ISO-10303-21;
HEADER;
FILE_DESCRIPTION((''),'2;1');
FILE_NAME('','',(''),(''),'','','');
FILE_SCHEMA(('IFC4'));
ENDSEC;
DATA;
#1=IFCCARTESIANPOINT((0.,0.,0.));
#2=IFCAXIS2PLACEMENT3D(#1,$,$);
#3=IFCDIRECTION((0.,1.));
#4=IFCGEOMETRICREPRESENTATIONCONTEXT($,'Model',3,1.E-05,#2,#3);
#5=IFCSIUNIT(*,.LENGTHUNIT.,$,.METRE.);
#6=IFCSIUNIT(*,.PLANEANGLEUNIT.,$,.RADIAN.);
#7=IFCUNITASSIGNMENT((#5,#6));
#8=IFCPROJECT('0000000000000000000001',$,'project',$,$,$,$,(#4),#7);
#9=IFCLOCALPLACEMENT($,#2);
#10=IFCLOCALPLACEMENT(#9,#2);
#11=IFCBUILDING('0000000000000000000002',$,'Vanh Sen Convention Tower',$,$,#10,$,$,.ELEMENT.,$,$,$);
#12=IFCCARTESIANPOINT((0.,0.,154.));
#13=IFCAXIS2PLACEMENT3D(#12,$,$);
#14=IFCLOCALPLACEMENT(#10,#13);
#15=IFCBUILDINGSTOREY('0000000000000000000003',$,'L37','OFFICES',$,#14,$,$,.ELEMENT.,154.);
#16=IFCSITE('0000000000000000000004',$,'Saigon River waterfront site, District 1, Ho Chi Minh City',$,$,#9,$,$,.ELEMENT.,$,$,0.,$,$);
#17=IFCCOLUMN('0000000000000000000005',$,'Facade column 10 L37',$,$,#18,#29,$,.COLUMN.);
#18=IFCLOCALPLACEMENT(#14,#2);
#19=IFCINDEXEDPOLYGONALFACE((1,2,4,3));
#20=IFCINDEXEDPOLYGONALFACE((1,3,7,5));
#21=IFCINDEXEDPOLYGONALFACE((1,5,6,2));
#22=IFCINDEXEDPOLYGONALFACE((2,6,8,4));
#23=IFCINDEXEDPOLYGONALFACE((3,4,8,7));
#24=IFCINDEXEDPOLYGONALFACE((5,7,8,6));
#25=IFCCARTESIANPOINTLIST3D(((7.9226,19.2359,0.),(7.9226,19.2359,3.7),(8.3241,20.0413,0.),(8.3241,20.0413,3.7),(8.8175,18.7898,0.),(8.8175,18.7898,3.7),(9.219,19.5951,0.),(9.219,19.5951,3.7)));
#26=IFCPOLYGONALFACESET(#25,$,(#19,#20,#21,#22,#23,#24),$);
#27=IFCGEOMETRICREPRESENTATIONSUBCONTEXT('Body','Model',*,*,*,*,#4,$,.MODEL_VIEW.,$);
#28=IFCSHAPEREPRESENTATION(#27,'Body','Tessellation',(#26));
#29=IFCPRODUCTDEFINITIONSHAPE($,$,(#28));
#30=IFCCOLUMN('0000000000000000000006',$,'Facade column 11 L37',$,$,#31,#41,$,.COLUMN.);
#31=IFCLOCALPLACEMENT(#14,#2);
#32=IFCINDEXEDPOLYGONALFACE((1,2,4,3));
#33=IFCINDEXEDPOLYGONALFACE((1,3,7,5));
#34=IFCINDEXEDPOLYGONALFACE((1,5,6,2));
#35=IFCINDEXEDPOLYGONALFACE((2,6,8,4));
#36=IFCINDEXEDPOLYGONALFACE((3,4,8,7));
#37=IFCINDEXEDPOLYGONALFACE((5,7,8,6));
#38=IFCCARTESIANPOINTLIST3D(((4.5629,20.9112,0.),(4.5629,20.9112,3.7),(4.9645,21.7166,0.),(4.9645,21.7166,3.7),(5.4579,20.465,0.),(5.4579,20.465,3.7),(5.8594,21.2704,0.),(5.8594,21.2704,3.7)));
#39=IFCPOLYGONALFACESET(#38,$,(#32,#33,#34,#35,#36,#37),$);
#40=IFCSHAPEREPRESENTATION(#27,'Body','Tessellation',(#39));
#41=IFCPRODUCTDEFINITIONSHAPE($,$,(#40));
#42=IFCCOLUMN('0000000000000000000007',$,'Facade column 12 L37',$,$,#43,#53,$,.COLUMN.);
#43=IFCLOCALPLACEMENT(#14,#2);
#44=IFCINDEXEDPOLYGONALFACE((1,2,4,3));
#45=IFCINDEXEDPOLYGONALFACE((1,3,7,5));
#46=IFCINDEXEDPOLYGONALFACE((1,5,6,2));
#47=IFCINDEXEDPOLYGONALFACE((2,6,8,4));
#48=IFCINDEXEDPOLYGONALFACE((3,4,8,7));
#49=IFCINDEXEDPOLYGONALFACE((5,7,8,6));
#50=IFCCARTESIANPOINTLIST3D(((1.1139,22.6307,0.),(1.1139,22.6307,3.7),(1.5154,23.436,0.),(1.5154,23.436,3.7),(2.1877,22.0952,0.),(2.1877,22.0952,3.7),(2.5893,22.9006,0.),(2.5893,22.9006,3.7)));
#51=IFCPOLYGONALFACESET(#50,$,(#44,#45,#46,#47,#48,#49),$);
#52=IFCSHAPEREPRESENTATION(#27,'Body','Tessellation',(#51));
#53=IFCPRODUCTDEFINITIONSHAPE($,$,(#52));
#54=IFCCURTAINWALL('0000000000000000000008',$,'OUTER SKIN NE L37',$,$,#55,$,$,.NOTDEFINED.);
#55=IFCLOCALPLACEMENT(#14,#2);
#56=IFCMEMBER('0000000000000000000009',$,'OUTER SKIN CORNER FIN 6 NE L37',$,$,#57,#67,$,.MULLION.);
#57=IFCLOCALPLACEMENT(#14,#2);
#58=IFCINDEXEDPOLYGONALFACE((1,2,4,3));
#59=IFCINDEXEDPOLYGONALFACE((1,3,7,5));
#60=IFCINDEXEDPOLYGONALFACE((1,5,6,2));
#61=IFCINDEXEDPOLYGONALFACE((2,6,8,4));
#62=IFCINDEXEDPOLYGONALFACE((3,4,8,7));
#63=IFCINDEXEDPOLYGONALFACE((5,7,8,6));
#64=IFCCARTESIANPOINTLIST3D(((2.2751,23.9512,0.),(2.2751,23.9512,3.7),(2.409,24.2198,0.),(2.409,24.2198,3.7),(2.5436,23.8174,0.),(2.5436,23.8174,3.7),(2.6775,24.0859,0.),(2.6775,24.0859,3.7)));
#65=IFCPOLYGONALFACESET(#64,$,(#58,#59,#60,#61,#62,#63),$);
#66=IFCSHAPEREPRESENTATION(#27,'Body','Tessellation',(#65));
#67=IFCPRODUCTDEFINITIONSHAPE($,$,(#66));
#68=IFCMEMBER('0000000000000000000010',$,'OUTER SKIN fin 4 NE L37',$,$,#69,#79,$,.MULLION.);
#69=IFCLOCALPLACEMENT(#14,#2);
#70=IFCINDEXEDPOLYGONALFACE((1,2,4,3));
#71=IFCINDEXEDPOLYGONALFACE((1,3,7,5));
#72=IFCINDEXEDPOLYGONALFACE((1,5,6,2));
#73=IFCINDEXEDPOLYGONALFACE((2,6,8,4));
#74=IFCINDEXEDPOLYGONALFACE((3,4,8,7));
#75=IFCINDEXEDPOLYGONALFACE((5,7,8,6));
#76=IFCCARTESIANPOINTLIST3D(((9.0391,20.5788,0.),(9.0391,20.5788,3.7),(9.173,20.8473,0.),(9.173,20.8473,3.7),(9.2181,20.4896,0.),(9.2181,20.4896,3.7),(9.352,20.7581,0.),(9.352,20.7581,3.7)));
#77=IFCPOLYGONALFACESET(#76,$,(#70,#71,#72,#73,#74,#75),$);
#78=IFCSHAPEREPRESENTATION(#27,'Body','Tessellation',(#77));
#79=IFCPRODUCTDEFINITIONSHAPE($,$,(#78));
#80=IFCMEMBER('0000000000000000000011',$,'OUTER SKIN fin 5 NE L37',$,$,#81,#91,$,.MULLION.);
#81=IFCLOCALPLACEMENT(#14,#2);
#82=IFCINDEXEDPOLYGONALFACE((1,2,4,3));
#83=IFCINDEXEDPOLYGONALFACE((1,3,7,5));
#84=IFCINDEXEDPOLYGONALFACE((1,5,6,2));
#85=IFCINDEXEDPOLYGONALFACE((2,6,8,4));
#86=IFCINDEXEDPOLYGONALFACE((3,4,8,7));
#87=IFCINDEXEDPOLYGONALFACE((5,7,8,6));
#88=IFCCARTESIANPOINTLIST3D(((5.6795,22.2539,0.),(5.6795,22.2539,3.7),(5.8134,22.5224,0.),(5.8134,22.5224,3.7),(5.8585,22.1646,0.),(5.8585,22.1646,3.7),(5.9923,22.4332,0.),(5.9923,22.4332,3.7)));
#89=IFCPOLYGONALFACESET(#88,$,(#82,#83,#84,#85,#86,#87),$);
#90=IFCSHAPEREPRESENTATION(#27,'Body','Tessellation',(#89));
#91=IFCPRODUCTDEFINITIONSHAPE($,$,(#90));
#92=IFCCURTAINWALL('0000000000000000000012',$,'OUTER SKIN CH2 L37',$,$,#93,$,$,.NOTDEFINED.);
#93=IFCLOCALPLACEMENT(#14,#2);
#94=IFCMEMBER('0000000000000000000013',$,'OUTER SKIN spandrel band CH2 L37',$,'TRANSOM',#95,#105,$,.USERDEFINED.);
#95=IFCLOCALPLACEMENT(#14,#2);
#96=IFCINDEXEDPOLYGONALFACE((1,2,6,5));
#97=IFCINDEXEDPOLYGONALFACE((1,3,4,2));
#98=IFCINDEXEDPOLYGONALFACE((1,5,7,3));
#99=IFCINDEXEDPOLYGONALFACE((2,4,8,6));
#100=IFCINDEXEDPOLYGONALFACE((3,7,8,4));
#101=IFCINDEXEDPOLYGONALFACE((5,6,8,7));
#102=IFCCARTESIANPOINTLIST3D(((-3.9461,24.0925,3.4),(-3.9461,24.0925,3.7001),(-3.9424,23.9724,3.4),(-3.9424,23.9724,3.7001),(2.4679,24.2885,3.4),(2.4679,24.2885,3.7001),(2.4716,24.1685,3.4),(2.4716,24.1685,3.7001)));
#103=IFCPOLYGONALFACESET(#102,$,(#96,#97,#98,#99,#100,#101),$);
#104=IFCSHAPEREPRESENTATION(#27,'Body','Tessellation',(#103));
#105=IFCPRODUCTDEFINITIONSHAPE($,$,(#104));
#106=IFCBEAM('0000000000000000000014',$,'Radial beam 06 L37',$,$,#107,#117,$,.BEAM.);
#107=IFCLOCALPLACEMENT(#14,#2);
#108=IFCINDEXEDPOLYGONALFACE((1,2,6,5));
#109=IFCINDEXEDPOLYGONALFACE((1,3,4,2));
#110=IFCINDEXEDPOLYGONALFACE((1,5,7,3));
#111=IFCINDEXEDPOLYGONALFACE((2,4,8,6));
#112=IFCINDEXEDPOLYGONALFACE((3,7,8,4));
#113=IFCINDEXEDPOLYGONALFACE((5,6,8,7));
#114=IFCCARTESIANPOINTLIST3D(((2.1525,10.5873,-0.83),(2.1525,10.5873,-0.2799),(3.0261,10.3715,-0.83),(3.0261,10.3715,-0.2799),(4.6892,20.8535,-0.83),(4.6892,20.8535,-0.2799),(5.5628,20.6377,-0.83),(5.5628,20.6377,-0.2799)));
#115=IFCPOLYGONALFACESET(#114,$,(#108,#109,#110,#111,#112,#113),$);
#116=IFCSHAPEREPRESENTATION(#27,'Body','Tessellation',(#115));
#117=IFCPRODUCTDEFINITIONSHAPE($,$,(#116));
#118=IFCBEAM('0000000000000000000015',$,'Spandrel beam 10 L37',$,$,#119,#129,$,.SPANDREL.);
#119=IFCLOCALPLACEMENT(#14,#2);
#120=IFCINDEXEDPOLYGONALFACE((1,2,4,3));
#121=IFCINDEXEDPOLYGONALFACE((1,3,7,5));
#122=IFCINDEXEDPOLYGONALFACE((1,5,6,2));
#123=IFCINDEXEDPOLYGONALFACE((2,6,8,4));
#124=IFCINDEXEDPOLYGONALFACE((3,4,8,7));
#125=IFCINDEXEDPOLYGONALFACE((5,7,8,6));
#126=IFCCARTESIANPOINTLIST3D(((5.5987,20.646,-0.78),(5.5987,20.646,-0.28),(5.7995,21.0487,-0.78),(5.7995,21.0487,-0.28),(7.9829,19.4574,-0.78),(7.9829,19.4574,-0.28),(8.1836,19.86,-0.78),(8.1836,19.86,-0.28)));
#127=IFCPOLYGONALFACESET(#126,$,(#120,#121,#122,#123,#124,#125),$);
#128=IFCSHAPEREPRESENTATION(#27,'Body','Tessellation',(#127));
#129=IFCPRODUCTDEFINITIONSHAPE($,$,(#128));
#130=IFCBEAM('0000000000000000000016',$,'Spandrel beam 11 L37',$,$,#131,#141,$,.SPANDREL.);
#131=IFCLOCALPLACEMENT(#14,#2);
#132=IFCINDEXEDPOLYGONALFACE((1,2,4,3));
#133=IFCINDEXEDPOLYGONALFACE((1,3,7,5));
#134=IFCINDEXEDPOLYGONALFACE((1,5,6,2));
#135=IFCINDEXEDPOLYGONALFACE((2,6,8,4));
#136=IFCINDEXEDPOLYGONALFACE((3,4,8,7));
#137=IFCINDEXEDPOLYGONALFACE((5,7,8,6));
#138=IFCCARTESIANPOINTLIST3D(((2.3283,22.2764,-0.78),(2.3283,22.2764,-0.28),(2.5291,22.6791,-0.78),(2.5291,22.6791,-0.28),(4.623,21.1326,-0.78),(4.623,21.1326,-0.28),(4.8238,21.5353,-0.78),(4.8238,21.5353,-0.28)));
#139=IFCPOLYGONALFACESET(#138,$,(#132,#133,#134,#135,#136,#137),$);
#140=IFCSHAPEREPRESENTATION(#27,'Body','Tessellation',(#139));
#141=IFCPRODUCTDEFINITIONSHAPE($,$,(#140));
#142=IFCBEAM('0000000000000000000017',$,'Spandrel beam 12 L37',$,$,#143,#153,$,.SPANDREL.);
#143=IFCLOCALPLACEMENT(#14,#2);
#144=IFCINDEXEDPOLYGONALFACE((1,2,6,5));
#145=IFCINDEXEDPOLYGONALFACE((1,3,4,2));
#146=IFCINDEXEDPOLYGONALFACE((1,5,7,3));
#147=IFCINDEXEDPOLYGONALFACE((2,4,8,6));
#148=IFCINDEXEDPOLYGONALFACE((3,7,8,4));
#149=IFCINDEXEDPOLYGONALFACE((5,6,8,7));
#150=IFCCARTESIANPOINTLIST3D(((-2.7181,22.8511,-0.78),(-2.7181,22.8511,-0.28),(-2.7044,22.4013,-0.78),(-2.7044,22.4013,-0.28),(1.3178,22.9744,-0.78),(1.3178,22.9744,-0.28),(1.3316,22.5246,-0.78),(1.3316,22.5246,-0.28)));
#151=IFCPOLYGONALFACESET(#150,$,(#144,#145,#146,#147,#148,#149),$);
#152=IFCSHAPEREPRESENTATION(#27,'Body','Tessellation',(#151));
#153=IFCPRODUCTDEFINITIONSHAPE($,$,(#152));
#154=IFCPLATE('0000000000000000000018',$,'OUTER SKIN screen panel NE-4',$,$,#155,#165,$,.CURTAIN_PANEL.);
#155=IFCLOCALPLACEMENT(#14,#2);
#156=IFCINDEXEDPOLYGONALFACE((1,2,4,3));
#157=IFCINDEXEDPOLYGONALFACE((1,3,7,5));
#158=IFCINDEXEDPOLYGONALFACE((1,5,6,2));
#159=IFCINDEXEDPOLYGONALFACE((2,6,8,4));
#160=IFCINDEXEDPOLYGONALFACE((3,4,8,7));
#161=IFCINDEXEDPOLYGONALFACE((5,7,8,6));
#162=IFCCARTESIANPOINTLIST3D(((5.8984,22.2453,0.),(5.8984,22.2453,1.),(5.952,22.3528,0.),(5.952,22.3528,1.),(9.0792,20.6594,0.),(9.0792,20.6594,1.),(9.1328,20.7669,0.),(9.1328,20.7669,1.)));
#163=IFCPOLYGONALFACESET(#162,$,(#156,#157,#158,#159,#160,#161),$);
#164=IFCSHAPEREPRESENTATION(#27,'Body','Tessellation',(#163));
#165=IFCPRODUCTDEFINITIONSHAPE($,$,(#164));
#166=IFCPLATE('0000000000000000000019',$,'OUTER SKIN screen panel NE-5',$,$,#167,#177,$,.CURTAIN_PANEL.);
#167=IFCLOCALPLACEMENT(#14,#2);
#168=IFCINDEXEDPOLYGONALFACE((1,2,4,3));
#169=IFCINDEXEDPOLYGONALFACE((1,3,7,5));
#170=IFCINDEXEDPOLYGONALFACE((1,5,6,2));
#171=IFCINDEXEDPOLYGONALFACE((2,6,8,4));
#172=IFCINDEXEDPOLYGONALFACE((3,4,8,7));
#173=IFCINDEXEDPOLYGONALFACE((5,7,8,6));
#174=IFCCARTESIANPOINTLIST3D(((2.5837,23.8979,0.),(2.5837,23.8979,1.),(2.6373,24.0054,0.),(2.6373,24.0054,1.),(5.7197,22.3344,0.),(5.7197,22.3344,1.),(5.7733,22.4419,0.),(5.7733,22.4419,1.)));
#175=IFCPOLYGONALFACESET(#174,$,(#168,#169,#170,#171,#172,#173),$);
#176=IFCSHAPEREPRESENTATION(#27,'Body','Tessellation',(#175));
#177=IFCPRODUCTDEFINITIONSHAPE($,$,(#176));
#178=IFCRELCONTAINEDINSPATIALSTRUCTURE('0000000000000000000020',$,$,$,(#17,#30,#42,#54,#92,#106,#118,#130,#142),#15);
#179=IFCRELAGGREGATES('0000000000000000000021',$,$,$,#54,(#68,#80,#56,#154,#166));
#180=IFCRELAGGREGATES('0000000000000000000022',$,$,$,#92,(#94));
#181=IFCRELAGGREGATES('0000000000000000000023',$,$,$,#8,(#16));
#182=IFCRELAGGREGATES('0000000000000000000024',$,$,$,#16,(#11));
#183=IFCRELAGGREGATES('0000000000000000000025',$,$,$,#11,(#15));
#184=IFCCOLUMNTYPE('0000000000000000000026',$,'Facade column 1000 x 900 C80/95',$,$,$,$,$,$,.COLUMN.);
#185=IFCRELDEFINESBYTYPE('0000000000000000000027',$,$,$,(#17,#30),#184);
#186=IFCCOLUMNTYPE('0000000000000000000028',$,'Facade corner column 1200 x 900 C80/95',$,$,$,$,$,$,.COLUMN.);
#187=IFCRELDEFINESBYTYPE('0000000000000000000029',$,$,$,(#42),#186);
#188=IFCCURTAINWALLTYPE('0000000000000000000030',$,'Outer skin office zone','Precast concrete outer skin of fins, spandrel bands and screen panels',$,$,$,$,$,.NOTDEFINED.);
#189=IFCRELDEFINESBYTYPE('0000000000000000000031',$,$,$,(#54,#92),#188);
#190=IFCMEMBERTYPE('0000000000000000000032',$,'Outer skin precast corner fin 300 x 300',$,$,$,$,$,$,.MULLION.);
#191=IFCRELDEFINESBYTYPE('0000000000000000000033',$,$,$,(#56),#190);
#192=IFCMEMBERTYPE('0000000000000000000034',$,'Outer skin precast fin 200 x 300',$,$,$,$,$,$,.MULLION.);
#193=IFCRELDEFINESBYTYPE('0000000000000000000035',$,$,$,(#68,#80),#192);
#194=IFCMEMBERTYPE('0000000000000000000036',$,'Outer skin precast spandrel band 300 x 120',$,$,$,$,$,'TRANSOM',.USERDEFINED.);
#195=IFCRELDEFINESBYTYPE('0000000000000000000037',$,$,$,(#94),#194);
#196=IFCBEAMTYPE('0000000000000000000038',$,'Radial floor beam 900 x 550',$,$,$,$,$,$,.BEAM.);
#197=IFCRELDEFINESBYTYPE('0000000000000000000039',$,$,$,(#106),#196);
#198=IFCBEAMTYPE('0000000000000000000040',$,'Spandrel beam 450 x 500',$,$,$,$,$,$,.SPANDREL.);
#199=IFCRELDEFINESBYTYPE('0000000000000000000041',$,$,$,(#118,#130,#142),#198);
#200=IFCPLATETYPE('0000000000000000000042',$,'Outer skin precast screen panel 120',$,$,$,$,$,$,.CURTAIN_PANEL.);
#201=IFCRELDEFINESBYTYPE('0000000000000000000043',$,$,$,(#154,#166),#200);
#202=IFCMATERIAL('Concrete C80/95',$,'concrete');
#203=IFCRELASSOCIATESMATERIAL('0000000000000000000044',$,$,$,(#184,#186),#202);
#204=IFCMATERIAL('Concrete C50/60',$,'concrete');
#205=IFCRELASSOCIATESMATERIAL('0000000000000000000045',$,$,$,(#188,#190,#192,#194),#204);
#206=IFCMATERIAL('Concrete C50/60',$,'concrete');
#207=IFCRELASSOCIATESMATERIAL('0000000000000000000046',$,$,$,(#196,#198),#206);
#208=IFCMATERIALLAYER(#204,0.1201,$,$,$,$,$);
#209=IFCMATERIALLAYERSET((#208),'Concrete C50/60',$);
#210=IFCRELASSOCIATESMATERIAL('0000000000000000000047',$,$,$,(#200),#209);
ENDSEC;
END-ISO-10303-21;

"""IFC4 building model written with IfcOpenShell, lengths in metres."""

from ifc_helpers import new_model, si_unit, direction, frame, origin, origin_2d, place, context, subcontext, project, spatial, rectangle, extrude, material, layer, layer_set, material_profile, profile_set, type_object, element, aggregate, save


model = new_model("IFC4")

# Units and contexts
model_context = context("Model", 3, precision=1e-05, world=origin(), true_north=direction((0.0, 1.0)))
body_context = subcontext(model_context, "Body", "Model", "MODEL_VIEW")
ifc_project = project(units=[si_unit("LENGTHUNIT", "METRE"), si_unit("PLANEANGLEUNIT", "RADIAN")], contexts=[model_context])

# Site, building, storey
site_placement = place(None, origin())
site = spatial("IfcSite", under=ifc_project, at=site_placement, Name="Saigon River waterfront site, District 1, Ho Chi Minh City", CompositionType="ELEMENT", RefElevation=0.0)
building_placement = place(site_placement, origin())
building = spatial("IfcBuilding", under=site, at=building_placement, Name="Vanh Sen Convention Tower", CompositionType="ELEMENT")
storey_placement = place(building_placement, frame((0.0, 0.0, 154.0)))
storey = spatial("IfcBuildingStorey", under=building, at=storey_placement, Name="L37", Description="OFFICES", CompositionType="ELEMENT", Elevation=154.0)

# Columns
ifc_material_1 = material(Name="Concrete C80/95", Category="concrete")
ifc_material_profile_1 = material_profile(ifc_material_1, rectangle(XDim=1.0, YDim=0.8999, at=origin_2d()), Name="RC 1000X900")
ifc_profile_set_1 = profile_set([ifc_material_profile_1], Name="Concrete C80/95")
column_type_1 = type_object("IfcColumnType", Name="Facade column 1000 x 900 C80/95", PredefinedType="COLUMN", material=ifc_profile_set_1)
for number, where, z_axis, x_axis, name in (
    (1, (8.5708, 19.4155, 0.0), (0.0, 0.0, 1.0), (-0.894934, 0.446198, 0.0), "Facade column 10 L37"),
    (2, (5.2112, 21.0908, 0.0), (0.0, 0.0, 1.0), (-0.894934, 0.446198, 0.0), "Facade column 11 L37"),
):
    element("IfcColumn", number, at=place(storey_placement, frame(where, z_axis=z_axis, x_axis=x_axis)), inside=storey, type_object=column_type_1, Name=name, PredefinedType="COLUMN", context=body_context, shape_type="SweptSolid", body=[
        extrude(rectangle(XDim=1.0, YDim=0.8999, at=origin_2d()), origin(), (0.0, 0.0, 1.0), 3.7),
    ])
ifc_material_profile_2 = material_profile(ifc_material_1, rectangle(XDim=1.2, YDim=0.8999, at=origin_2d()), Name="RC 1200X900")
ifc_profile_set_2 = profile_set([ifc_material_profile_2], Name="Concrete C80/95")
column_type_2 = type_object("IfcColumnType", Name="Facade corner column 1200 x 900 C80/95", PredefinedType="COLUMN", material=ifc_profile_set_2)
column_placement = place(storey_placement, frame((1.8516, 22.7656, 0.0), z_axis=(0.0, 0.0, 1.0), x_axis=(-0.894934, 0.446198, 0.0)))
element("IfcColumn", 3, at=column_placement, inside=storey, type_object=column_type_2, Name="Facade column 12 L37", PredefinedType="COLUMN", context=body_context, shape_type="SweptSolid", body=[
    extrude(rectangle(XDim=1.2, YDim=0.8999, at=origin_2d()), origin(), (0.0, 0.0, 1.0), 3.7),
])

# Curtain wall, members
ifc_material_2 = material(Name="Concrete C50/60", Category="concrete")
curtain_wall_type = type_object("IfcCurtainWallType", Name="Outer skin office zone", Description="Precast concrete outer skin of fins, spandrel bands and screen panels", PredefinedType="NOTDEFINED", material=ifc_material_2)
curtain_wall_1_placement = place(storey_placement, origin())
curtain_wall_1 = element("IfcCurtainWall", 4, at=curtain_wall_1_placement, inside=storey, type_object=curtain_wall_type, Name="OUTER SKIN NE L37", PredefinedType="NOTDEFINED")
ifc_material_profile_3 = material_profile(ifc_material_2, rectangle(XDim=0.3, YDim=0.3, at=origin_2d()), Name="Outer skin precast corner fin 300 x 300")
ifc_profile_set_3 = profile_set([ifc_material_profile_3], Name="Concrete C50/60")
member_type_1 = type_object("IfcMemberType", Name="Outer skin precast corner fin 300 x 300", PredefinedType="MULLION", material=ifc_profile_set_3)
member_1_placement = place(storey_placement, frame((2.4763, 24.0186, 0.0), z_axis=(0.0, 0.0, 1.0), x_axis=(-0.894934, 0.446198, 0.0)))
member_1 = element("IfcMember", 5, at=member_1_placement, type_object=member_type_1, Name="OUTER SKIN CORNER FIN 6 NE L37", PredefinedType="MULLION", context=body_context, shape_type="SweptSolid", body=[
    extrude(rectangle(XDim=0.3, YDim=0.3, at=origin_2d()), origin(), (0.0, 0.0, 1.0), 3.7),
])
ifc_material_profile_4 = material_profile(ifc_material_2, rectangle(XDim=0.2, YDim=0.3, at=origin_2d()), Name="Outer skin precast fin 200 x 300")
ifc_profile_set_4 = profile_set([ifc_material_profile_4], Name="Concrete C50/60")
member_type_2 = type_object("IfcMemberType", Name="Outer skin precast fin 200 x 300", PredefinedType="MULLION", material=ifc_profile_set_4)
member_2_placement = place(storey_placement, frame((9.1956, 20.6685, 0.0), z_axis=(0.0, 0.0, 1.0), x_axis=(-0.894934, 0.446198, 0.0)))
member_2 = element("IfcMember", 6, at=member_2_placement, type_object=member_type_2, Name="OUTER SKIN fin 4 NE L37", PredefinedType="MULLION", context=body_context, shape_type="SweptSolid", body=[
    extrude(rectangle(XDim=0.2, YDim=0.3, at=origin_2d()), origin(), (0.0, 0.0, 1.0), 3.7),
])
member_3_placement = place(storey_placement, frame((5.8359, 22.3435, 0.0), z_axis=(0.0, 0.0, 1.0), x_axis=(-0.894934, 0.446198, 0.0)))
member_3 = element("IfcMember", 7, at=member_3_placement, type_object=member_type_2, Name="OUTER SKIN fin 5 NE L37", PredefinedType="MULLION", context=body_context, shape_type="SweptSolid", body=[
    extrude(rectangle(XDim=0.2, YDim=0.3, at=origin_2d()), origin(), (0.0, 0.0, 1.0), 3.7),
])

# Curtain wall, member
curtain_wall_2_placement = place(storey_placement, origin())
curtain_wall_2 = element("IfcCurtainWall", 8, at=curtain_wall_2_placement, inside=storey, type_object=curtain_wall_type, Name="OUTER SKIN CH2 L37", PredefinedType="NOTDEFINED")
ifc_material_profile_5 = material_profile(ifc_material_2, rectangle(XDim=0.1201, YDim=0.3, at=origin_2d()), Name="Outer skin precast spandrel band 300 x 120")
ifc_profile_set_5 = profile_set([ifc_material_profile_5], Name="Concrete C50/60")
member_type_3 = type_object("IfcMemberType", Name="Outer skin precast spandrel band 300 x 120", ElementType="TRANSOM", PredefinedType="USERDEFINED", material=ifc_profile_set_5)
member_4_placement = place(storey_placement, frame((2.4697, 24.2285, 3.55), z_axis=(-0.999533, -0.030551, 0.0), x_axis=(0.030551, -0.999533, 0.0)))
member_4 = element("IfcMember", 9, at=member_4_placement, type_object=member_type_3, Name="OUTER SKIN spandrel band CH2 L37", ObjectType="TRANSOM", PredefinedType="USERDEFINED", context=body_context, shape_type="SweptSolid", body=[
    extrude(rectangle(XDim=0.1201, YDim=0.3, at=origin_2d()), origin(), (0.0, 0.0, 1.0), 6.417),
])

# Beams
ifc_material_3 = material(Name="Concrete C50/60", Category="concrete")
ifc_material_profile_6 = material_profile(ifc_material_3, rectangle(XDim=0.8999, YDim=0.55, at=origin_2d()), Name="RC 900X550")
ifc_profile_set_6 = profile_set([ifc_material_profile_6], Name="Concrete C50/60")
beam_type_1 = type_object("IfcBeamType", Name="Radial floor beam 900 x 550", PredefinedType="BEAM", material=ifc_profile_set_6)
beam_1_placement = place(storey_placement, frame((5.126, 20.7456, -0.5549), z_axis=(-0.239873, -0.970804, 0.0), x_axis=(0.970804, -0.239873, 0.0)))
element("IfcBeam", 10, at=beam_1_placement, inside=storey, type_object=beam_type_1, Name="Radial beam 06 L37", PredefinedType="BEAM", context=body_context, shape_type="SweptSolid", body=[
    extrude(rectangle(XDim=0.8999, YDim=0.55, at=origin_2d()), origin(), (0.0, 0.0, 1.0), 10.575),
])
ifc_material_profile_7 = material_profile(ifc_material_3, rectangle(XDim=0.45, YDim=0.5, at=origin_2d()), Name="RC 450X500")
ifc_profile_set_7 = profile_set([ifc_material_profile_7], Name="Concrete C50/60")
beam_type_2 = type_object("IfcBeamType", Name="Spandrel beam 450 x 500", PredefinedType="SPANDREL", material=ifc_profile_set_7)
beam_2_placement = place(storey_placement, frame((8.0833, 19.6587, -0.53), z_axis=(-0.89494, 0.446187, 0.0), x_axis=(-0.446187, -0.89494, 0.0)))
element("IfcBeam", 11, at=beam_2_placement, inside=storey, type_object=beam_type_2, Name="Spandrel beam 10 L37", PredefinedType="SPANDREL", context=body_context, shape_type="SweptSolid", body=[
    extrude(rectangle(XDim=0.45, YDim=0.5, at=origin_2d()), origin(), (0.0, 0.0, 1.0), 2.6641),
])
beam_3_placement = place(storey_placement, frame((4.7234, 21.334, -0.53), z_axis=(-0.894979, 0.446109, 0.0), x_axis=(-0.446109, -0.894979, 0.0)))
element("IfcBeam", 12, at=beam_3_placement, inside=storey, type_object=beam_type_2, Name="Spandrel beam 11 L37", PredefinedType="SPANDREL", context=body_context, shape_type="SweptSolid", body=[
    extrude(rectangle(XDim=0.45, YDim=0.5, at=origin_2d()), origin(), (0.0, 0.0, 1.0), 2.564),
])
beam_4_placement = place(storey_placement, frame((1.3247, 22.7495, -0.53), z_axis=(-0.999534, -0.030534, 0.0), x_axis=(0.030534, -0.999534, 0.0)))
element("IfcBeam", 13, at=beam_4_placement, inside=storey, type_object=beam_type_2, Name="Spandrel beam 12 L37", PredefinedType="SPANDREL", context=body_context, shape_type="SweptSolid", body=[
    extrude(rectangle(XDim=0.45, YDim=0.5, at=origin_2d()), origin(), (0.0, 0.0, 1.0), 4.0378),
])

# Plates
ifc_layer_1 = layer(ifc_material_2, 0.1201)
ifc_layer_set_1 = layer_set([ifc_layer_1], Name="Concrete C50/60")
plate_type = type_object("IfcPlateType", Name="Outer skin precast screen panel 120", PredefinedType="CURTAIN_PANEL", material=ifc_layer_set_1)
plate_1_placement = place(storey_placement, frame((7.5156, 21.5061, 0.0), z_axis=(0.0, 0.0, 1.0), x_axis=(-0.894933, 0.446201, 0.0)))
plate_1 = element("IfcPlate", 14, at=plate_1_placement, type_object=plate_type, Name="OUTER SKIN screen panel NE-4", PredefinedType="CURTAIN_PANEL", context=body_context, shape_type="SweptSolid", body=[
    extrude(rectangle(XDim=3.5542, YDim=0.1201, at=origin_2d()), origin(), (0.0, 0.0, 1.0), 1.0),
])
plate_2_placement = place(storey_placement, frame((4.1785, 23.1699, 0.0), z_axis=(0.0, 0.0, 1.0), x_axis=(-0.894944, 0.446179, 0.0)))
plate_2 = element("IfcPlate", 15, at=plate_2_placement, type_object=plate_type, Name="OUTER SKIN screen panel NE-5", PredefinedType="CURTAIN_PANEL", context=body_context, shape_type="SweptSolid", body=[
    extrude(rectangle(XDim=3.5042, YDim=0.1201, at=origin_2d()), origin(), (0.0, 0.0, 1.0), 1.0),
])
aggregate(curtain_wall_1, [member_2, member_3, member_1, plate_1, plate_2])
aggregate(curtain_wall_2, [member_4])

save(model, "model.ifc")
